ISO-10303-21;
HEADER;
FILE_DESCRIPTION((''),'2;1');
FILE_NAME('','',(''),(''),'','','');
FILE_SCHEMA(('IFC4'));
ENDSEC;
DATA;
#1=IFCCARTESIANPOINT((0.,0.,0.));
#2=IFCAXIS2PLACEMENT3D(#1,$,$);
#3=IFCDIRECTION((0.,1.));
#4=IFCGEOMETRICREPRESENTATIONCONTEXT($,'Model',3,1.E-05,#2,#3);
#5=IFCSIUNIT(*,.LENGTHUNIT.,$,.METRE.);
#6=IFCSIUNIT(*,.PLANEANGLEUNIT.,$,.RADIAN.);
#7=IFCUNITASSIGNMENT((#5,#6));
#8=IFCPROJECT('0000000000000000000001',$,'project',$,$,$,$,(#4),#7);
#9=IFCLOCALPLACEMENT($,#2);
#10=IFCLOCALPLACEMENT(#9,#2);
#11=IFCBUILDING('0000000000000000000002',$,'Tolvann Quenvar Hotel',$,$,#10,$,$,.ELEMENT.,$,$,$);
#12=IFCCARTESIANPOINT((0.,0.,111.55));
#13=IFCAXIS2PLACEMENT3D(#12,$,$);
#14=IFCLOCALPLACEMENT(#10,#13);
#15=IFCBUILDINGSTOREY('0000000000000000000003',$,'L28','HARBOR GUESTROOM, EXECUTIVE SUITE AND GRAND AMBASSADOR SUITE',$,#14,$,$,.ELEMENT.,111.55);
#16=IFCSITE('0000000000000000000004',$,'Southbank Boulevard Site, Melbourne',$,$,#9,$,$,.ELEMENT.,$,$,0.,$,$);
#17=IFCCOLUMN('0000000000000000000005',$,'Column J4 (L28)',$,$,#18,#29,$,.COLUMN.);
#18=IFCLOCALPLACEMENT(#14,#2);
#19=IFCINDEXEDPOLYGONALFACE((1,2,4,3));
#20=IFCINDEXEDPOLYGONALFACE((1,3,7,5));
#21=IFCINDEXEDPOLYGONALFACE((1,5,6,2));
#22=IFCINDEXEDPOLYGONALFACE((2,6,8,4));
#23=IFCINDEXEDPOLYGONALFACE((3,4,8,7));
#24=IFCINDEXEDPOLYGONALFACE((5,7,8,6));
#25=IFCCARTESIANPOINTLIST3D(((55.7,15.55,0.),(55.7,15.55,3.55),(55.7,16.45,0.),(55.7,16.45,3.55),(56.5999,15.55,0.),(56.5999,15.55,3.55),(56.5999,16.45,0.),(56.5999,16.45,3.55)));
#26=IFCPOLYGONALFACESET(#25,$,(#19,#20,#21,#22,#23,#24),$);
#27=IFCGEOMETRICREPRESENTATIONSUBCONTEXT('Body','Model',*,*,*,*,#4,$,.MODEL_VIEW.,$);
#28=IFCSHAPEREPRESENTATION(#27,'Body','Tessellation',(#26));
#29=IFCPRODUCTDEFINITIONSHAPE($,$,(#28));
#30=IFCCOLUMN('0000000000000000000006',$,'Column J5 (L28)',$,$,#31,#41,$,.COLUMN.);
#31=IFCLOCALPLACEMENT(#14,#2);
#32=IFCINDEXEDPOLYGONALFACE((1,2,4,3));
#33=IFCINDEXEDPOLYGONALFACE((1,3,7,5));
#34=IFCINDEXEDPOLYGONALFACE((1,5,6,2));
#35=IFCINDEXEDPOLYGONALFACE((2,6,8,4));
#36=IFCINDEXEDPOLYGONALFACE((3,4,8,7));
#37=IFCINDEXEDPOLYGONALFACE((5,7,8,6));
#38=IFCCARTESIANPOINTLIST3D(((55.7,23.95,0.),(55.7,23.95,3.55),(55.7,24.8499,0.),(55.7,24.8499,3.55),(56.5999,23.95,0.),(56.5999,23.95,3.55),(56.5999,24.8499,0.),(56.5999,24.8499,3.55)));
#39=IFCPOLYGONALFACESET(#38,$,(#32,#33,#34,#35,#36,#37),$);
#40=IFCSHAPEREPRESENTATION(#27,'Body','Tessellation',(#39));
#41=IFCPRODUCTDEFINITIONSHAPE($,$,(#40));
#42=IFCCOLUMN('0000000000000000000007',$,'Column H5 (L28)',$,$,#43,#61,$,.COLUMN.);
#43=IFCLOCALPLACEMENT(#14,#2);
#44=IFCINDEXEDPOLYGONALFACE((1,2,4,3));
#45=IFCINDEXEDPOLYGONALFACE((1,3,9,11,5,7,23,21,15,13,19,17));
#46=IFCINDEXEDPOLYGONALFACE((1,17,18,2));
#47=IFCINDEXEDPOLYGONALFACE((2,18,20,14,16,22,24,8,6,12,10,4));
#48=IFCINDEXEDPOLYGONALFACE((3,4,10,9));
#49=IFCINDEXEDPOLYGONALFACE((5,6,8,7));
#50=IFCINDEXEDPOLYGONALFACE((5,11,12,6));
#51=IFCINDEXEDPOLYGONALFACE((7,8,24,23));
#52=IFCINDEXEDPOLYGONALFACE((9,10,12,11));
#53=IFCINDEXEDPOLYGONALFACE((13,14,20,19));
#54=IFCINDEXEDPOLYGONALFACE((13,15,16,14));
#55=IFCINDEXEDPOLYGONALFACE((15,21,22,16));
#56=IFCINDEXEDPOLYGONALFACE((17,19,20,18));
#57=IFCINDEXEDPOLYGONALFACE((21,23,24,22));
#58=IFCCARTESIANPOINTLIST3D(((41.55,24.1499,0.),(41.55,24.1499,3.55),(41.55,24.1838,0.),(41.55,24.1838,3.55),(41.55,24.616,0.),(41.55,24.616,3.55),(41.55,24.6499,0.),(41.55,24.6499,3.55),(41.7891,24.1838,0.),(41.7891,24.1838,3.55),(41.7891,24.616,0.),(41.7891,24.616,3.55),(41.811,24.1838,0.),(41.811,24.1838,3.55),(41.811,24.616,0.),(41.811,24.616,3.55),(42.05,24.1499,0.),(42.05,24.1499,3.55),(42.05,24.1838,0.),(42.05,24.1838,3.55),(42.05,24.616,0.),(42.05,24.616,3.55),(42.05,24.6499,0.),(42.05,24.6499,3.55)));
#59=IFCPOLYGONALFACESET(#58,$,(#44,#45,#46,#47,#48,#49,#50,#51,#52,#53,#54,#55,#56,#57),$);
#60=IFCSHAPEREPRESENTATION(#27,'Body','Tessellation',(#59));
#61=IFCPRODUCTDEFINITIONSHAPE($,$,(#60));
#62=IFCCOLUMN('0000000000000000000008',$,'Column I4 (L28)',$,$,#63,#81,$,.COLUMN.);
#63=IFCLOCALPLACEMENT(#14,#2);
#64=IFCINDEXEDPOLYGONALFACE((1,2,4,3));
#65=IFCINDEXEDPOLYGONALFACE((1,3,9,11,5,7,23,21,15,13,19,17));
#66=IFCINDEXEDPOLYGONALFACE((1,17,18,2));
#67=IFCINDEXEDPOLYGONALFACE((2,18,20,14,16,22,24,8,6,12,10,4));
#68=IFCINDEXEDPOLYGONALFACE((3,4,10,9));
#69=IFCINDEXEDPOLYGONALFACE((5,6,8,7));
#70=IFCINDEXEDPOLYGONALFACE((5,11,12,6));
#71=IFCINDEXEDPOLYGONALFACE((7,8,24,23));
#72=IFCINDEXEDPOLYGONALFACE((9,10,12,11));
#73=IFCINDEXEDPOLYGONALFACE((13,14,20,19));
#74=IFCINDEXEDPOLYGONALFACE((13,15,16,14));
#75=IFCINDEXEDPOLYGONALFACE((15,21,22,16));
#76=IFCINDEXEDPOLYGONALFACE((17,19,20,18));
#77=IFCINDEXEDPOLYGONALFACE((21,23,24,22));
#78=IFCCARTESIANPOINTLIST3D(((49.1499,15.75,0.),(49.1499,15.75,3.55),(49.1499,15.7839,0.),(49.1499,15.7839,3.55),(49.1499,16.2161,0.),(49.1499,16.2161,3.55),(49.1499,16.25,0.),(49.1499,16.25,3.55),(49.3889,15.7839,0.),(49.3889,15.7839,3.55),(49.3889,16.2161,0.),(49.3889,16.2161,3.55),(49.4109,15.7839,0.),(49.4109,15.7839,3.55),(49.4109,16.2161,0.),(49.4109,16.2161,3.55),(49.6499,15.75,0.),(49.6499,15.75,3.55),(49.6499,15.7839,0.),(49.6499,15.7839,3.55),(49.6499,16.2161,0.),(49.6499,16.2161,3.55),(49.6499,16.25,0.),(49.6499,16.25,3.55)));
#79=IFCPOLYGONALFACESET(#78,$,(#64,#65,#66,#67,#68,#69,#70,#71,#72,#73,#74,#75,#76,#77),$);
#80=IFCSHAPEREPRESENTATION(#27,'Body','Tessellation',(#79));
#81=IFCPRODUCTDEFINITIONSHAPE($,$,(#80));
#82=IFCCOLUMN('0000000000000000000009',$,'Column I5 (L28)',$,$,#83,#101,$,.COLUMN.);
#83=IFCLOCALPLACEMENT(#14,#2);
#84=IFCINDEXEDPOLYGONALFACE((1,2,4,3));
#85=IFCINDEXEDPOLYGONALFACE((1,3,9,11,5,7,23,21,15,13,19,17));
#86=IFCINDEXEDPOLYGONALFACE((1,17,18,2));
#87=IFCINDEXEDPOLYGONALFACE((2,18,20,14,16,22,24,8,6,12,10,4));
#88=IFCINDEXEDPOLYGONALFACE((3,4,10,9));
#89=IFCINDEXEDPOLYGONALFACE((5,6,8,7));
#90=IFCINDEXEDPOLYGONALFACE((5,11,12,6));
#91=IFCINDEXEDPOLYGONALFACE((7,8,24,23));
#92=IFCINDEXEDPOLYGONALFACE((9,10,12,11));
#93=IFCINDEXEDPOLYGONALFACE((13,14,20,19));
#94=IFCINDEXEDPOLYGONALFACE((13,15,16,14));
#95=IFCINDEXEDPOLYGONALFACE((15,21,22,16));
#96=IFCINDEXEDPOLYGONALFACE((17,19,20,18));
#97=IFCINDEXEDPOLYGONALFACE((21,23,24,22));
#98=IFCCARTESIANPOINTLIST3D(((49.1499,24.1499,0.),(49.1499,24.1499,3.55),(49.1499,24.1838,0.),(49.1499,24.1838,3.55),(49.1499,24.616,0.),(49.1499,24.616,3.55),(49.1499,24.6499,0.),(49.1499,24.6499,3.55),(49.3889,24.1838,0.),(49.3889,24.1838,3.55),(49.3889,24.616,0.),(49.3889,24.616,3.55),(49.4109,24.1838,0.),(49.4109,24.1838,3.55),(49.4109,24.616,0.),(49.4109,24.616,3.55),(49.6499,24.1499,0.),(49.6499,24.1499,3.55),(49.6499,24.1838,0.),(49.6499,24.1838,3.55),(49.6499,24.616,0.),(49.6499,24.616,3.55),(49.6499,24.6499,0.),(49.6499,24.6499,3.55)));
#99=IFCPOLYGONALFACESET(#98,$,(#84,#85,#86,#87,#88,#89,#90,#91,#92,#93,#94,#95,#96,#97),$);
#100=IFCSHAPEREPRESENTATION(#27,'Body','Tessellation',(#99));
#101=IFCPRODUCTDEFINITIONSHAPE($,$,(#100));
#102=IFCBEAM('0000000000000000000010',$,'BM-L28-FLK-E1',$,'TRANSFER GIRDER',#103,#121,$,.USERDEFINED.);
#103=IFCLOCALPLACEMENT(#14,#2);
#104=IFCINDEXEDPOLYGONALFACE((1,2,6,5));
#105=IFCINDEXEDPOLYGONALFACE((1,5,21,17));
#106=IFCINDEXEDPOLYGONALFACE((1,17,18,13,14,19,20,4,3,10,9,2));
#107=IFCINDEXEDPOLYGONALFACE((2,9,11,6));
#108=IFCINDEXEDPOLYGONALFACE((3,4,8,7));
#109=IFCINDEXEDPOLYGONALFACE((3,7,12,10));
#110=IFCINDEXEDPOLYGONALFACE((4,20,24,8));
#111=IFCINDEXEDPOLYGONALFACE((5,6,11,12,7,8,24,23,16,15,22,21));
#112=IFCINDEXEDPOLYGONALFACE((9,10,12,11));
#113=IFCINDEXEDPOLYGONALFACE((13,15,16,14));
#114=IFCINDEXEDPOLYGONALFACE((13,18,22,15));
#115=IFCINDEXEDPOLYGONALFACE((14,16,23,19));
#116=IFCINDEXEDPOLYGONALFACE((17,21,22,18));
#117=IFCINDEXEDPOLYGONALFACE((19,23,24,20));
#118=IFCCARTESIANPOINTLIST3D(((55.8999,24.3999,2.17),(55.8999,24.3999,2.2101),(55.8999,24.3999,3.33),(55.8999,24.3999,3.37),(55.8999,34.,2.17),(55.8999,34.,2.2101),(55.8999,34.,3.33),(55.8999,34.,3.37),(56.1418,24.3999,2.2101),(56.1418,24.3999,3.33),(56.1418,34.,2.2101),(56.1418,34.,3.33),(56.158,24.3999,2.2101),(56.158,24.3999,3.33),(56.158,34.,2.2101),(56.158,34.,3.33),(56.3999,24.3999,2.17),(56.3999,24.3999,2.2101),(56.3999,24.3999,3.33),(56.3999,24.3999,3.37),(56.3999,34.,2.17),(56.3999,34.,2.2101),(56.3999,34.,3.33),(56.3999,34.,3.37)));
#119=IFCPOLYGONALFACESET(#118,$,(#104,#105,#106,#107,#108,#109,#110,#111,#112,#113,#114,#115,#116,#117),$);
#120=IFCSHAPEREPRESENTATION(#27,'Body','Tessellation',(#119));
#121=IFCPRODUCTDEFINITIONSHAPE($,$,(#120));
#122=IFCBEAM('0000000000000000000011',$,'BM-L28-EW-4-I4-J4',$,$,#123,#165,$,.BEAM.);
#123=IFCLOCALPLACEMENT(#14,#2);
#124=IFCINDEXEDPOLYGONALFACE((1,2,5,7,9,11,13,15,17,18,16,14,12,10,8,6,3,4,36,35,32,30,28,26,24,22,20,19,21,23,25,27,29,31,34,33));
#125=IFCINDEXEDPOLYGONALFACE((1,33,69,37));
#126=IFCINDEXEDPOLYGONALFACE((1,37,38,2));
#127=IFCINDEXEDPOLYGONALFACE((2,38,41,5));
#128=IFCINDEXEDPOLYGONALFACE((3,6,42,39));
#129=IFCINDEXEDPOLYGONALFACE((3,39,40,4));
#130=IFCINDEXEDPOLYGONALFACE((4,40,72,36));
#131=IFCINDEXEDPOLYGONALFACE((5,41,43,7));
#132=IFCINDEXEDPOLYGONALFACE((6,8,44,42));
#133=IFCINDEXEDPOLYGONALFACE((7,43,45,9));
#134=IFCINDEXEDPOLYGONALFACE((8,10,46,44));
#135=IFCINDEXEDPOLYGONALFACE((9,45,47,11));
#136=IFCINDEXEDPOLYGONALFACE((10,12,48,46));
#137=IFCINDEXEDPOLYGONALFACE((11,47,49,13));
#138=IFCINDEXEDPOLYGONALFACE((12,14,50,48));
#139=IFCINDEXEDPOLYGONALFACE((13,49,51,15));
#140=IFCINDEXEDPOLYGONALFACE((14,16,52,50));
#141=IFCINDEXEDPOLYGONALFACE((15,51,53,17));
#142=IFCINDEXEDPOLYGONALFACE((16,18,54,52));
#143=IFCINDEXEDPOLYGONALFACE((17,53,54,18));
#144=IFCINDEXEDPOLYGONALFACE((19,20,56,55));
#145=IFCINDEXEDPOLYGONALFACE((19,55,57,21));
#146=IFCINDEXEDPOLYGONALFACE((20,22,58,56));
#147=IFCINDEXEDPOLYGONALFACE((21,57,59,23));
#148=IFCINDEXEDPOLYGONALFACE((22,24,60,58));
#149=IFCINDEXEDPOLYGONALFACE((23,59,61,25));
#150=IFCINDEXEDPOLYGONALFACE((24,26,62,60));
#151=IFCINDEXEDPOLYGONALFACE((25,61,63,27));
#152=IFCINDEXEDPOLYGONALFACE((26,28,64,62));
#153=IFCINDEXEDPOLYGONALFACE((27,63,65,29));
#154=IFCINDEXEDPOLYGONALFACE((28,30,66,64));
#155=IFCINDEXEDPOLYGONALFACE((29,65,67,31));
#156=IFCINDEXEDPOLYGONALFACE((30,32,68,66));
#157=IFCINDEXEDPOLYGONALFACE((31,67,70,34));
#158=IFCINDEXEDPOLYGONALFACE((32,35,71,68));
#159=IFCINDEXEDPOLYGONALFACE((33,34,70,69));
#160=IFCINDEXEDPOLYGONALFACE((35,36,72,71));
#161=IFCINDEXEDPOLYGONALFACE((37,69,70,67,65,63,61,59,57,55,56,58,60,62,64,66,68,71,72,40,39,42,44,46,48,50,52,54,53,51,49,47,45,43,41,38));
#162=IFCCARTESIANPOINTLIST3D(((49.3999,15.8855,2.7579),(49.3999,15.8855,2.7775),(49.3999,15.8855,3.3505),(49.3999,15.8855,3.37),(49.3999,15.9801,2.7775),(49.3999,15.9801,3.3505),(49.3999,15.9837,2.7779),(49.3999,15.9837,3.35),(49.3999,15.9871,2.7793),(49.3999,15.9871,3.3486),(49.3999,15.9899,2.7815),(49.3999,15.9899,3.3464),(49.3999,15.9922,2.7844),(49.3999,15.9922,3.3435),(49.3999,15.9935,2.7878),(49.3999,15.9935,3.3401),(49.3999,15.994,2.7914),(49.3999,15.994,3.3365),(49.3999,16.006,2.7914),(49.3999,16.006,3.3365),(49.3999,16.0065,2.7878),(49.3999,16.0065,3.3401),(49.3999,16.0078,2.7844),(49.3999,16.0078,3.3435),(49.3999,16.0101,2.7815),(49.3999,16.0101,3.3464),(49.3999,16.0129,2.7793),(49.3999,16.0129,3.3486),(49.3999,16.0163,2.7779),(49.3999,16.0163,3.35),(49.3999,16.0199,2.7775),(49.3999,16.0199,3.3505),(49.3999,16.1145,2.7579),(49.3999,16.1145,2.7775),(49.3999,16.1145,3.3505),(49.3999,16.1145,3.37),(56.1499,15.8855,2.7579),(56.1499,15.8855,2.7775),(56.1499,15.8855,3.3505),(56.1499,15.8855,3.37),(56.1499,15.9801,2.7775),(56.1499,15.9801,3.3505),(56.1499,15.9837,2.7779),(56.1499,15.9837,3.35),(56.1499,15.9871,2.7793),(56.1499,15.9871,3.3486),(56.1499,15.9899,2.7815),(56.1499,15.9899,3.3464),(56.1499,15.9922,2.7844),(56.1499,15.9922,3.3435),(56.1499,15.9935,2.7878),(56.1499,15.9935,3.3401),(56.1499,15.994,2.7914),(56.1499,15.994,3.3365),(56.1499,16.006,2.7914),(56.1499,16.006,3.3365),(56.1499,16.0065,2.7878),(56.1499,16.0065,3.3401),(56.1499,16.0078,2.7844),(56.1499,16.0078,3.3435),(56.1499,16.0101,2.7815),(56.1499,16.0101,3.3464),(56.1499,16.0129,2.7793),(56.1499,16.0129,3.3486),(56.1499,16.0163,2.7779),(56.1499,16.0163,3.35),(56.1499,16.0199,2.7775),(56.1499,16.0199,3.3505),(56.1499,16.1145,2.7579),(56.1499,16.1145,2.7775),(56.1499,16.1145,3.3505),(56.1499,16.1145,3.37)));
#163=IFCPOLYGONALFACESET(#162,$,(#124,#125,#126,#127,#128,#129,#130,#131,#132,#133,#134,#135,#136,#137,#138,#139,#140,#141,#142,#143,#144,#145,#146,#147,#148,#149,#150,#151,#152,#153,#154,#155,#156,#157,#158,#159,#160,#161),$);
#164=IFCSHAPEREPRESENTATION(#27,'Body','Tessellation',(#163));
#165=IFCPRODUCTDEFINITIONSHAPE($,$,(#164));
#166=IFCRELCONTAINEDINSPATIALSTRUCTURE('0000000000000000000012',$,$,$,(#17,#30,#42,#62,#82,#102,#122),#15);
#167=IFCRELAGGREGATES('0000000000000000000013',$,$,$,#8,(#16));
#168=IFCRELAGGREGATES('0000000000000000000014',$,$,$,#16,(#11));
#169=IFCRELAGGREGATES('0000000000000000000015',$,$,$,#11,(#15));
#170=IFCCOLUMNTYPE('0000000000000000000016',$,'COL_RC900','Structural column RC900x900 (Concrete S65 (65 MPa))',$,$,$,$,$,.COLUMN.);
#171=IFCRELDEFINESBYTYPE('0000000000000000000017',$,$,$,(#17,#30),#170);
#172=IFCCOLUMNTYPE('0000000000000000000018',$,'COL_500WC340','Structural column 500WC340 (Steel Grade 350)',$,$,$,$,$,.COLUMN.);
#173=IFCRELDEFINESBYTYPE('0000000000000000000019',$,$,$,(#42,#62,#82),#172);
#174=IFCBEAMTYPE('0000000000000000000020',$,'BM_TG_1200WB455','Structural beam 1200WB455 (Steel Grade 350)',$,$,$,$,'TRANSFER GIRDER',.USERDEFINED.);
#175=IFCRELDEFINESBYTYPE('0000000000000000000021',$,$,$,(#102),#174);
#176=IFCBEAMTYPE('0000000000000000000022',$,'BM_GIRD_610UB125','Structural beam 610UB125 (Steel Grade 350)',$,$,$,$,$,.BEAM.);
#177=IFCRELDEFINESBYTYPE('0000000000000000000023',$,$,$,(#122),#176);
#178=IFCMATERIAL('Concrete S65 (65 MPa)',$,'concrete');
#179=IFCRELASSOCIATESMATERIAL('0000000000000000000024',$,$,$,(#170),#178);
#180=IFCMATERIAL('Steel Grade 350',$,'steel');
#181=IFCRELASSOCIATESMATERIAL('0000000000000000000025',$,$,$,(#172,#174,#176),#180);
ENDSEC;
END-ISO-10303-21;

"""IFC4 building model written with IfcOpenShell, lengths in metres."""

from ifc_helpers import new_model, si_unit, direction, frame, origin, origin_2d, place, context, subcontext, project, spatial, rectangle, i_section, extrude, source, transform, mapped, material, material_profile, profile_set, type_object, type_shapes, element, save


model = new_model("IFC4")

# Units and contexts
model_context = context("Model", 3, precision=1e-05, world=origin(), true_north=direction((0.0, 1.0)))
body_context = subcontext(model_context, "Body", "Model", "MODEL_VIEW")
ifc_project = project(units=[si_unit("LENGTHUNIT", "METRE"), si_unit("PLANEANGLEUNIT", "RADIAN")], contexts=[model_context])

# Site, building, storey
site_placement = place(None, origin())
site = spatial("IfcSite", under=ifc_project, at=site_placement, Name="Southbank Boulevard Site, Melbourne", CompositionType="ELEMENT", RefElevation=0.0)
building_placement = place(site_placement, origin())
building = spatial("IfcBuilding", under=site, at=building_placement, Name="Tolvann Quenvar Hotel", CompositionType="ELEMENT")
storey_placement = place(building_placement, frame((0.0, 0.0, 111.55)))
storey = spatial("IfcBuildingStorey", under=building, at=storey_placement, Name="L28", Description="HARBOR GUESTROOM, EXECUTIVE SUITE AND GRAND AMBASSADOR SUITE", CompositionType="ELEMENT", Elevation=111.55)

# Columns
ifc_material_1 = material(Name="Concrete S65 (65 MPa)", Category="concrete")
ifc_material_profile_1 = material_profile(ifc_material_1, rectangle(XDim=0.8999, YDim=0.8999, at=origin_2d()), Name="RC900x900")
ifc_profile_set_1 = profile_set([ifc_material_profile_1], Name="Concrete S65 (65 MPa)")
column_type_1 = type_object("IfcColumnType", Name="COL_RC900", Description="Structural column RC900x900 (Concrete S65 (65 MPa))", PredefinedType="COLUMN", material=ifc_profile_set_1)
shared_shape_1 = source(origin(), body_context, "Body", "SweptSolid", [
    extrude(rectangle(XDim=0.8999, YDim=0.8999, at=origin_2d()), origin(), (0.0, 0.0, 1.0), 3.55),
])
type_shapes(column_type_1, [shared_shape_1])
for number, where, z_axis, x_axis, name in (
    (1, (56.1499, 16.0, 0.0), (0.0, 0.0, 1.0), (1.0, 0.0, 0.0), "Column J4 (L28)"),
    (2, (56.1499, 24.3999, 0.0), (0.0, 0.0, 1.0), (1.0, 0.0, 0.0), "Column J5 (L28)"),
):
    element("IfcColumn", number, at=place(storey_placement, frame(where, z_axis=z_axis, x_axis=x_axis)), inside=storey, type_object=column_type_1, Name=name, PredefinedType="COLUMN", context=body_context, shape_type="MappedRepresentation", body=[
        mapped(shared_shape_1, transform((0.0, 0.0, 0.0), x_axis=(1.0, 0.0, 0.0), y_axis=(0.0, 1.0, 0.0), z_axis=(0.0, 0.0, 1.0), scale=1.0)),
    ])
ifc_material_2 = material(Name="Steel Grade 350", Category="steel")
ifc_material_profile_2 = material_profile(ifc_material_2, i_section(OverallWidth=0.5, OverallDepth=0.5, WebThickness=0.022, FlangeThickness=0.0339, at=origin_2d()), Name="500WC340")
ifc_profile_set_2 = profile_set([ifc_material_profile_2], Name="Steel Grade 350")
column_type_2 = type_object("IfcColumnType", Name="COL_500WC340", Description="Structural column 500WC340 (Steel Grade 350)", PredefinedType="COLUMN", material=ifc_profile_set_2)
shared_shape_2 = source(origin(), body_context, "Body", "SweptSolid", [
    extrude(i_section(OverallWidth=0.5, OverallDepth=0.5, WebThickness=0.022, FlangeThickness=0.0339, at=origin_2d()), origin(), (0.0, 0.0, 1.0), 3.55),
])
type_shapes(column_type_2, [shared_shape_2])
for number, where, z_axis, x_axis, name in (
    (3, (41.8, 24.3999, 0.0), (0.0, 0.0, 1.0), (1.0, 0.0, 0.0), "Column H5 (L28)"),
    (4, (49.3999, 16.0, 0.0), (0.0, 0.0, 1.0), (1.0, 0.0, 0.0), "Column I4 (L28)"),
    (5, (49.3999, 24.3999, 0.0), (0.0, 0.0, 1.0), (1.0, 0.0, 0.0), "Column I5 (L28)"),
):
    element("IfcColumn", number, at=place(storey_placement, frame(where, z_axis=z_axis, x_axis=x_axis)), inside=storey, type_object=column_type_2, Name=name, PredefinedType="COLUMN", context=body_context, shape_type="MappedRepresentation", body=[
        mapped(shared_shape_2, transform((0.0, 0.0, 0.0), x_axis=(1.0, 0.0, 0.0), y_axis=(0.0, 1.0, 0.0), z_axis=(0.0, 0.0, 1.0), scale=1.0)),
    ])

# Beams
ifc_material_profile_3 = material_profile(ifc_material_2, i_section(OverallWidth=0.5, OverallDepth=1.2, WebThickness=0.0161, FlangeThickness=0.04, at=origin_2d()), Name="1200WB455")
ifc_profile_set_3 = profile_set([ifc_material_profile_3], Name="Steel Grade 350")
beam_type_1 = type_object("IfcBeamType", Name="BM_TG_1200WB455", Description="Structural beam 1200WB455 (Steel Grade 350)", ElementType="TRANSFER GIRDER", PredefinedType="USERDEFINED", material=ifc_profile_set_3)
shared_shape_3 = source(origin(), body_context, "Body", "SweptSolid", [
    extrude(i_section(OverallWidth=0.5, OverallDepth=1.2, WebThickness=0.0161, FlangeThickness=0.04, at=origin_2d()), origin(), (0.0, 0.0, 1.0), 9.6001),
])
beam_1_placement = place(storey_placement, frame((56.1499, 24.3999, 2.77), z_axis=(0.0, 1.0, 0.0), x_axis=(-1.0, 0.0, 0.0)))
element("IfcBeam", 6, at=beam_1_placement, inside=storey, type_object=beam_type_1, Name="BM-L28-FLK-E1", ObjectType="TRANSFER GIRDER", PredefinedType="USERDEFINED", context=body_context, shape_type="MappedRepresentation", body=[
    mapped(shared_shape_3, transform((0.0, 0.0, 0.0), x_axis=(1.0, 0.0, 0.0), y_axis=(0.0, 1.0, 0.0), z_axis=(0.0, 0.0, 1.0), scale=1.0)),
])
ifc_material_profile_4 = material_profile(ifc_material_2, i_section(OverallWidth=0.229, OverallDepth=0.6121, WebThickness=0.012, FlangeThickness=0.0195, FilletRadius=0.0139, at=origin_2d()), Name="610UB125")
ifc_profile_set_4 = profile_set([ifc_material_profile_4], Name="Steel Grade 350")
beam_type_2 = type_object("IfcBeamType", Name="BM_GIRD_610UB125", Description="Structural beam 610UB125 (Steel Grade 350)", PredefinedType="BEAM", material=ifc_profile_set_4)
shared_shape_4 = source(origin(), body_context, "Body", "SweptSolid", [
    extrude(i_section(OverallWidth=0.229, OverallDepth=0.6121, WebThickness=0.012, FlangeThickness=0.0195, FilletRadius=0.0139, at=origin_2d()), origin(), (0.0, 0.0, 1.0), 6.75),
])
for number, where, z_axis, x_axis, name in (
    (7, (49.3999, 16.0, 3.064), (1.0, 0.0, 0.0), (0.0, 1.0, 0.0), "BM-L28-EW-4-I4-J4"),
):
    element("IfcBeam", number, at=place(storey_placement, frame(where, z_axis=z_axis, x_axis=x_axis)), inside=storey, type_object=beam_type_2, Name=name, PredefinedType="BEAM", context=body_context, shape_type="MappedRepresentation", body=[
        mapped(shared_shape_4, transform((0.0, 0.0, 0.0), x_axis=(1.0, 0.0, 0.0), y_axis=(0.0, 1.0, 0.0), z_axis=(0.0, 0.0, 1.0), scale=1.0)),
    ])

save(model, "model.ifc")
